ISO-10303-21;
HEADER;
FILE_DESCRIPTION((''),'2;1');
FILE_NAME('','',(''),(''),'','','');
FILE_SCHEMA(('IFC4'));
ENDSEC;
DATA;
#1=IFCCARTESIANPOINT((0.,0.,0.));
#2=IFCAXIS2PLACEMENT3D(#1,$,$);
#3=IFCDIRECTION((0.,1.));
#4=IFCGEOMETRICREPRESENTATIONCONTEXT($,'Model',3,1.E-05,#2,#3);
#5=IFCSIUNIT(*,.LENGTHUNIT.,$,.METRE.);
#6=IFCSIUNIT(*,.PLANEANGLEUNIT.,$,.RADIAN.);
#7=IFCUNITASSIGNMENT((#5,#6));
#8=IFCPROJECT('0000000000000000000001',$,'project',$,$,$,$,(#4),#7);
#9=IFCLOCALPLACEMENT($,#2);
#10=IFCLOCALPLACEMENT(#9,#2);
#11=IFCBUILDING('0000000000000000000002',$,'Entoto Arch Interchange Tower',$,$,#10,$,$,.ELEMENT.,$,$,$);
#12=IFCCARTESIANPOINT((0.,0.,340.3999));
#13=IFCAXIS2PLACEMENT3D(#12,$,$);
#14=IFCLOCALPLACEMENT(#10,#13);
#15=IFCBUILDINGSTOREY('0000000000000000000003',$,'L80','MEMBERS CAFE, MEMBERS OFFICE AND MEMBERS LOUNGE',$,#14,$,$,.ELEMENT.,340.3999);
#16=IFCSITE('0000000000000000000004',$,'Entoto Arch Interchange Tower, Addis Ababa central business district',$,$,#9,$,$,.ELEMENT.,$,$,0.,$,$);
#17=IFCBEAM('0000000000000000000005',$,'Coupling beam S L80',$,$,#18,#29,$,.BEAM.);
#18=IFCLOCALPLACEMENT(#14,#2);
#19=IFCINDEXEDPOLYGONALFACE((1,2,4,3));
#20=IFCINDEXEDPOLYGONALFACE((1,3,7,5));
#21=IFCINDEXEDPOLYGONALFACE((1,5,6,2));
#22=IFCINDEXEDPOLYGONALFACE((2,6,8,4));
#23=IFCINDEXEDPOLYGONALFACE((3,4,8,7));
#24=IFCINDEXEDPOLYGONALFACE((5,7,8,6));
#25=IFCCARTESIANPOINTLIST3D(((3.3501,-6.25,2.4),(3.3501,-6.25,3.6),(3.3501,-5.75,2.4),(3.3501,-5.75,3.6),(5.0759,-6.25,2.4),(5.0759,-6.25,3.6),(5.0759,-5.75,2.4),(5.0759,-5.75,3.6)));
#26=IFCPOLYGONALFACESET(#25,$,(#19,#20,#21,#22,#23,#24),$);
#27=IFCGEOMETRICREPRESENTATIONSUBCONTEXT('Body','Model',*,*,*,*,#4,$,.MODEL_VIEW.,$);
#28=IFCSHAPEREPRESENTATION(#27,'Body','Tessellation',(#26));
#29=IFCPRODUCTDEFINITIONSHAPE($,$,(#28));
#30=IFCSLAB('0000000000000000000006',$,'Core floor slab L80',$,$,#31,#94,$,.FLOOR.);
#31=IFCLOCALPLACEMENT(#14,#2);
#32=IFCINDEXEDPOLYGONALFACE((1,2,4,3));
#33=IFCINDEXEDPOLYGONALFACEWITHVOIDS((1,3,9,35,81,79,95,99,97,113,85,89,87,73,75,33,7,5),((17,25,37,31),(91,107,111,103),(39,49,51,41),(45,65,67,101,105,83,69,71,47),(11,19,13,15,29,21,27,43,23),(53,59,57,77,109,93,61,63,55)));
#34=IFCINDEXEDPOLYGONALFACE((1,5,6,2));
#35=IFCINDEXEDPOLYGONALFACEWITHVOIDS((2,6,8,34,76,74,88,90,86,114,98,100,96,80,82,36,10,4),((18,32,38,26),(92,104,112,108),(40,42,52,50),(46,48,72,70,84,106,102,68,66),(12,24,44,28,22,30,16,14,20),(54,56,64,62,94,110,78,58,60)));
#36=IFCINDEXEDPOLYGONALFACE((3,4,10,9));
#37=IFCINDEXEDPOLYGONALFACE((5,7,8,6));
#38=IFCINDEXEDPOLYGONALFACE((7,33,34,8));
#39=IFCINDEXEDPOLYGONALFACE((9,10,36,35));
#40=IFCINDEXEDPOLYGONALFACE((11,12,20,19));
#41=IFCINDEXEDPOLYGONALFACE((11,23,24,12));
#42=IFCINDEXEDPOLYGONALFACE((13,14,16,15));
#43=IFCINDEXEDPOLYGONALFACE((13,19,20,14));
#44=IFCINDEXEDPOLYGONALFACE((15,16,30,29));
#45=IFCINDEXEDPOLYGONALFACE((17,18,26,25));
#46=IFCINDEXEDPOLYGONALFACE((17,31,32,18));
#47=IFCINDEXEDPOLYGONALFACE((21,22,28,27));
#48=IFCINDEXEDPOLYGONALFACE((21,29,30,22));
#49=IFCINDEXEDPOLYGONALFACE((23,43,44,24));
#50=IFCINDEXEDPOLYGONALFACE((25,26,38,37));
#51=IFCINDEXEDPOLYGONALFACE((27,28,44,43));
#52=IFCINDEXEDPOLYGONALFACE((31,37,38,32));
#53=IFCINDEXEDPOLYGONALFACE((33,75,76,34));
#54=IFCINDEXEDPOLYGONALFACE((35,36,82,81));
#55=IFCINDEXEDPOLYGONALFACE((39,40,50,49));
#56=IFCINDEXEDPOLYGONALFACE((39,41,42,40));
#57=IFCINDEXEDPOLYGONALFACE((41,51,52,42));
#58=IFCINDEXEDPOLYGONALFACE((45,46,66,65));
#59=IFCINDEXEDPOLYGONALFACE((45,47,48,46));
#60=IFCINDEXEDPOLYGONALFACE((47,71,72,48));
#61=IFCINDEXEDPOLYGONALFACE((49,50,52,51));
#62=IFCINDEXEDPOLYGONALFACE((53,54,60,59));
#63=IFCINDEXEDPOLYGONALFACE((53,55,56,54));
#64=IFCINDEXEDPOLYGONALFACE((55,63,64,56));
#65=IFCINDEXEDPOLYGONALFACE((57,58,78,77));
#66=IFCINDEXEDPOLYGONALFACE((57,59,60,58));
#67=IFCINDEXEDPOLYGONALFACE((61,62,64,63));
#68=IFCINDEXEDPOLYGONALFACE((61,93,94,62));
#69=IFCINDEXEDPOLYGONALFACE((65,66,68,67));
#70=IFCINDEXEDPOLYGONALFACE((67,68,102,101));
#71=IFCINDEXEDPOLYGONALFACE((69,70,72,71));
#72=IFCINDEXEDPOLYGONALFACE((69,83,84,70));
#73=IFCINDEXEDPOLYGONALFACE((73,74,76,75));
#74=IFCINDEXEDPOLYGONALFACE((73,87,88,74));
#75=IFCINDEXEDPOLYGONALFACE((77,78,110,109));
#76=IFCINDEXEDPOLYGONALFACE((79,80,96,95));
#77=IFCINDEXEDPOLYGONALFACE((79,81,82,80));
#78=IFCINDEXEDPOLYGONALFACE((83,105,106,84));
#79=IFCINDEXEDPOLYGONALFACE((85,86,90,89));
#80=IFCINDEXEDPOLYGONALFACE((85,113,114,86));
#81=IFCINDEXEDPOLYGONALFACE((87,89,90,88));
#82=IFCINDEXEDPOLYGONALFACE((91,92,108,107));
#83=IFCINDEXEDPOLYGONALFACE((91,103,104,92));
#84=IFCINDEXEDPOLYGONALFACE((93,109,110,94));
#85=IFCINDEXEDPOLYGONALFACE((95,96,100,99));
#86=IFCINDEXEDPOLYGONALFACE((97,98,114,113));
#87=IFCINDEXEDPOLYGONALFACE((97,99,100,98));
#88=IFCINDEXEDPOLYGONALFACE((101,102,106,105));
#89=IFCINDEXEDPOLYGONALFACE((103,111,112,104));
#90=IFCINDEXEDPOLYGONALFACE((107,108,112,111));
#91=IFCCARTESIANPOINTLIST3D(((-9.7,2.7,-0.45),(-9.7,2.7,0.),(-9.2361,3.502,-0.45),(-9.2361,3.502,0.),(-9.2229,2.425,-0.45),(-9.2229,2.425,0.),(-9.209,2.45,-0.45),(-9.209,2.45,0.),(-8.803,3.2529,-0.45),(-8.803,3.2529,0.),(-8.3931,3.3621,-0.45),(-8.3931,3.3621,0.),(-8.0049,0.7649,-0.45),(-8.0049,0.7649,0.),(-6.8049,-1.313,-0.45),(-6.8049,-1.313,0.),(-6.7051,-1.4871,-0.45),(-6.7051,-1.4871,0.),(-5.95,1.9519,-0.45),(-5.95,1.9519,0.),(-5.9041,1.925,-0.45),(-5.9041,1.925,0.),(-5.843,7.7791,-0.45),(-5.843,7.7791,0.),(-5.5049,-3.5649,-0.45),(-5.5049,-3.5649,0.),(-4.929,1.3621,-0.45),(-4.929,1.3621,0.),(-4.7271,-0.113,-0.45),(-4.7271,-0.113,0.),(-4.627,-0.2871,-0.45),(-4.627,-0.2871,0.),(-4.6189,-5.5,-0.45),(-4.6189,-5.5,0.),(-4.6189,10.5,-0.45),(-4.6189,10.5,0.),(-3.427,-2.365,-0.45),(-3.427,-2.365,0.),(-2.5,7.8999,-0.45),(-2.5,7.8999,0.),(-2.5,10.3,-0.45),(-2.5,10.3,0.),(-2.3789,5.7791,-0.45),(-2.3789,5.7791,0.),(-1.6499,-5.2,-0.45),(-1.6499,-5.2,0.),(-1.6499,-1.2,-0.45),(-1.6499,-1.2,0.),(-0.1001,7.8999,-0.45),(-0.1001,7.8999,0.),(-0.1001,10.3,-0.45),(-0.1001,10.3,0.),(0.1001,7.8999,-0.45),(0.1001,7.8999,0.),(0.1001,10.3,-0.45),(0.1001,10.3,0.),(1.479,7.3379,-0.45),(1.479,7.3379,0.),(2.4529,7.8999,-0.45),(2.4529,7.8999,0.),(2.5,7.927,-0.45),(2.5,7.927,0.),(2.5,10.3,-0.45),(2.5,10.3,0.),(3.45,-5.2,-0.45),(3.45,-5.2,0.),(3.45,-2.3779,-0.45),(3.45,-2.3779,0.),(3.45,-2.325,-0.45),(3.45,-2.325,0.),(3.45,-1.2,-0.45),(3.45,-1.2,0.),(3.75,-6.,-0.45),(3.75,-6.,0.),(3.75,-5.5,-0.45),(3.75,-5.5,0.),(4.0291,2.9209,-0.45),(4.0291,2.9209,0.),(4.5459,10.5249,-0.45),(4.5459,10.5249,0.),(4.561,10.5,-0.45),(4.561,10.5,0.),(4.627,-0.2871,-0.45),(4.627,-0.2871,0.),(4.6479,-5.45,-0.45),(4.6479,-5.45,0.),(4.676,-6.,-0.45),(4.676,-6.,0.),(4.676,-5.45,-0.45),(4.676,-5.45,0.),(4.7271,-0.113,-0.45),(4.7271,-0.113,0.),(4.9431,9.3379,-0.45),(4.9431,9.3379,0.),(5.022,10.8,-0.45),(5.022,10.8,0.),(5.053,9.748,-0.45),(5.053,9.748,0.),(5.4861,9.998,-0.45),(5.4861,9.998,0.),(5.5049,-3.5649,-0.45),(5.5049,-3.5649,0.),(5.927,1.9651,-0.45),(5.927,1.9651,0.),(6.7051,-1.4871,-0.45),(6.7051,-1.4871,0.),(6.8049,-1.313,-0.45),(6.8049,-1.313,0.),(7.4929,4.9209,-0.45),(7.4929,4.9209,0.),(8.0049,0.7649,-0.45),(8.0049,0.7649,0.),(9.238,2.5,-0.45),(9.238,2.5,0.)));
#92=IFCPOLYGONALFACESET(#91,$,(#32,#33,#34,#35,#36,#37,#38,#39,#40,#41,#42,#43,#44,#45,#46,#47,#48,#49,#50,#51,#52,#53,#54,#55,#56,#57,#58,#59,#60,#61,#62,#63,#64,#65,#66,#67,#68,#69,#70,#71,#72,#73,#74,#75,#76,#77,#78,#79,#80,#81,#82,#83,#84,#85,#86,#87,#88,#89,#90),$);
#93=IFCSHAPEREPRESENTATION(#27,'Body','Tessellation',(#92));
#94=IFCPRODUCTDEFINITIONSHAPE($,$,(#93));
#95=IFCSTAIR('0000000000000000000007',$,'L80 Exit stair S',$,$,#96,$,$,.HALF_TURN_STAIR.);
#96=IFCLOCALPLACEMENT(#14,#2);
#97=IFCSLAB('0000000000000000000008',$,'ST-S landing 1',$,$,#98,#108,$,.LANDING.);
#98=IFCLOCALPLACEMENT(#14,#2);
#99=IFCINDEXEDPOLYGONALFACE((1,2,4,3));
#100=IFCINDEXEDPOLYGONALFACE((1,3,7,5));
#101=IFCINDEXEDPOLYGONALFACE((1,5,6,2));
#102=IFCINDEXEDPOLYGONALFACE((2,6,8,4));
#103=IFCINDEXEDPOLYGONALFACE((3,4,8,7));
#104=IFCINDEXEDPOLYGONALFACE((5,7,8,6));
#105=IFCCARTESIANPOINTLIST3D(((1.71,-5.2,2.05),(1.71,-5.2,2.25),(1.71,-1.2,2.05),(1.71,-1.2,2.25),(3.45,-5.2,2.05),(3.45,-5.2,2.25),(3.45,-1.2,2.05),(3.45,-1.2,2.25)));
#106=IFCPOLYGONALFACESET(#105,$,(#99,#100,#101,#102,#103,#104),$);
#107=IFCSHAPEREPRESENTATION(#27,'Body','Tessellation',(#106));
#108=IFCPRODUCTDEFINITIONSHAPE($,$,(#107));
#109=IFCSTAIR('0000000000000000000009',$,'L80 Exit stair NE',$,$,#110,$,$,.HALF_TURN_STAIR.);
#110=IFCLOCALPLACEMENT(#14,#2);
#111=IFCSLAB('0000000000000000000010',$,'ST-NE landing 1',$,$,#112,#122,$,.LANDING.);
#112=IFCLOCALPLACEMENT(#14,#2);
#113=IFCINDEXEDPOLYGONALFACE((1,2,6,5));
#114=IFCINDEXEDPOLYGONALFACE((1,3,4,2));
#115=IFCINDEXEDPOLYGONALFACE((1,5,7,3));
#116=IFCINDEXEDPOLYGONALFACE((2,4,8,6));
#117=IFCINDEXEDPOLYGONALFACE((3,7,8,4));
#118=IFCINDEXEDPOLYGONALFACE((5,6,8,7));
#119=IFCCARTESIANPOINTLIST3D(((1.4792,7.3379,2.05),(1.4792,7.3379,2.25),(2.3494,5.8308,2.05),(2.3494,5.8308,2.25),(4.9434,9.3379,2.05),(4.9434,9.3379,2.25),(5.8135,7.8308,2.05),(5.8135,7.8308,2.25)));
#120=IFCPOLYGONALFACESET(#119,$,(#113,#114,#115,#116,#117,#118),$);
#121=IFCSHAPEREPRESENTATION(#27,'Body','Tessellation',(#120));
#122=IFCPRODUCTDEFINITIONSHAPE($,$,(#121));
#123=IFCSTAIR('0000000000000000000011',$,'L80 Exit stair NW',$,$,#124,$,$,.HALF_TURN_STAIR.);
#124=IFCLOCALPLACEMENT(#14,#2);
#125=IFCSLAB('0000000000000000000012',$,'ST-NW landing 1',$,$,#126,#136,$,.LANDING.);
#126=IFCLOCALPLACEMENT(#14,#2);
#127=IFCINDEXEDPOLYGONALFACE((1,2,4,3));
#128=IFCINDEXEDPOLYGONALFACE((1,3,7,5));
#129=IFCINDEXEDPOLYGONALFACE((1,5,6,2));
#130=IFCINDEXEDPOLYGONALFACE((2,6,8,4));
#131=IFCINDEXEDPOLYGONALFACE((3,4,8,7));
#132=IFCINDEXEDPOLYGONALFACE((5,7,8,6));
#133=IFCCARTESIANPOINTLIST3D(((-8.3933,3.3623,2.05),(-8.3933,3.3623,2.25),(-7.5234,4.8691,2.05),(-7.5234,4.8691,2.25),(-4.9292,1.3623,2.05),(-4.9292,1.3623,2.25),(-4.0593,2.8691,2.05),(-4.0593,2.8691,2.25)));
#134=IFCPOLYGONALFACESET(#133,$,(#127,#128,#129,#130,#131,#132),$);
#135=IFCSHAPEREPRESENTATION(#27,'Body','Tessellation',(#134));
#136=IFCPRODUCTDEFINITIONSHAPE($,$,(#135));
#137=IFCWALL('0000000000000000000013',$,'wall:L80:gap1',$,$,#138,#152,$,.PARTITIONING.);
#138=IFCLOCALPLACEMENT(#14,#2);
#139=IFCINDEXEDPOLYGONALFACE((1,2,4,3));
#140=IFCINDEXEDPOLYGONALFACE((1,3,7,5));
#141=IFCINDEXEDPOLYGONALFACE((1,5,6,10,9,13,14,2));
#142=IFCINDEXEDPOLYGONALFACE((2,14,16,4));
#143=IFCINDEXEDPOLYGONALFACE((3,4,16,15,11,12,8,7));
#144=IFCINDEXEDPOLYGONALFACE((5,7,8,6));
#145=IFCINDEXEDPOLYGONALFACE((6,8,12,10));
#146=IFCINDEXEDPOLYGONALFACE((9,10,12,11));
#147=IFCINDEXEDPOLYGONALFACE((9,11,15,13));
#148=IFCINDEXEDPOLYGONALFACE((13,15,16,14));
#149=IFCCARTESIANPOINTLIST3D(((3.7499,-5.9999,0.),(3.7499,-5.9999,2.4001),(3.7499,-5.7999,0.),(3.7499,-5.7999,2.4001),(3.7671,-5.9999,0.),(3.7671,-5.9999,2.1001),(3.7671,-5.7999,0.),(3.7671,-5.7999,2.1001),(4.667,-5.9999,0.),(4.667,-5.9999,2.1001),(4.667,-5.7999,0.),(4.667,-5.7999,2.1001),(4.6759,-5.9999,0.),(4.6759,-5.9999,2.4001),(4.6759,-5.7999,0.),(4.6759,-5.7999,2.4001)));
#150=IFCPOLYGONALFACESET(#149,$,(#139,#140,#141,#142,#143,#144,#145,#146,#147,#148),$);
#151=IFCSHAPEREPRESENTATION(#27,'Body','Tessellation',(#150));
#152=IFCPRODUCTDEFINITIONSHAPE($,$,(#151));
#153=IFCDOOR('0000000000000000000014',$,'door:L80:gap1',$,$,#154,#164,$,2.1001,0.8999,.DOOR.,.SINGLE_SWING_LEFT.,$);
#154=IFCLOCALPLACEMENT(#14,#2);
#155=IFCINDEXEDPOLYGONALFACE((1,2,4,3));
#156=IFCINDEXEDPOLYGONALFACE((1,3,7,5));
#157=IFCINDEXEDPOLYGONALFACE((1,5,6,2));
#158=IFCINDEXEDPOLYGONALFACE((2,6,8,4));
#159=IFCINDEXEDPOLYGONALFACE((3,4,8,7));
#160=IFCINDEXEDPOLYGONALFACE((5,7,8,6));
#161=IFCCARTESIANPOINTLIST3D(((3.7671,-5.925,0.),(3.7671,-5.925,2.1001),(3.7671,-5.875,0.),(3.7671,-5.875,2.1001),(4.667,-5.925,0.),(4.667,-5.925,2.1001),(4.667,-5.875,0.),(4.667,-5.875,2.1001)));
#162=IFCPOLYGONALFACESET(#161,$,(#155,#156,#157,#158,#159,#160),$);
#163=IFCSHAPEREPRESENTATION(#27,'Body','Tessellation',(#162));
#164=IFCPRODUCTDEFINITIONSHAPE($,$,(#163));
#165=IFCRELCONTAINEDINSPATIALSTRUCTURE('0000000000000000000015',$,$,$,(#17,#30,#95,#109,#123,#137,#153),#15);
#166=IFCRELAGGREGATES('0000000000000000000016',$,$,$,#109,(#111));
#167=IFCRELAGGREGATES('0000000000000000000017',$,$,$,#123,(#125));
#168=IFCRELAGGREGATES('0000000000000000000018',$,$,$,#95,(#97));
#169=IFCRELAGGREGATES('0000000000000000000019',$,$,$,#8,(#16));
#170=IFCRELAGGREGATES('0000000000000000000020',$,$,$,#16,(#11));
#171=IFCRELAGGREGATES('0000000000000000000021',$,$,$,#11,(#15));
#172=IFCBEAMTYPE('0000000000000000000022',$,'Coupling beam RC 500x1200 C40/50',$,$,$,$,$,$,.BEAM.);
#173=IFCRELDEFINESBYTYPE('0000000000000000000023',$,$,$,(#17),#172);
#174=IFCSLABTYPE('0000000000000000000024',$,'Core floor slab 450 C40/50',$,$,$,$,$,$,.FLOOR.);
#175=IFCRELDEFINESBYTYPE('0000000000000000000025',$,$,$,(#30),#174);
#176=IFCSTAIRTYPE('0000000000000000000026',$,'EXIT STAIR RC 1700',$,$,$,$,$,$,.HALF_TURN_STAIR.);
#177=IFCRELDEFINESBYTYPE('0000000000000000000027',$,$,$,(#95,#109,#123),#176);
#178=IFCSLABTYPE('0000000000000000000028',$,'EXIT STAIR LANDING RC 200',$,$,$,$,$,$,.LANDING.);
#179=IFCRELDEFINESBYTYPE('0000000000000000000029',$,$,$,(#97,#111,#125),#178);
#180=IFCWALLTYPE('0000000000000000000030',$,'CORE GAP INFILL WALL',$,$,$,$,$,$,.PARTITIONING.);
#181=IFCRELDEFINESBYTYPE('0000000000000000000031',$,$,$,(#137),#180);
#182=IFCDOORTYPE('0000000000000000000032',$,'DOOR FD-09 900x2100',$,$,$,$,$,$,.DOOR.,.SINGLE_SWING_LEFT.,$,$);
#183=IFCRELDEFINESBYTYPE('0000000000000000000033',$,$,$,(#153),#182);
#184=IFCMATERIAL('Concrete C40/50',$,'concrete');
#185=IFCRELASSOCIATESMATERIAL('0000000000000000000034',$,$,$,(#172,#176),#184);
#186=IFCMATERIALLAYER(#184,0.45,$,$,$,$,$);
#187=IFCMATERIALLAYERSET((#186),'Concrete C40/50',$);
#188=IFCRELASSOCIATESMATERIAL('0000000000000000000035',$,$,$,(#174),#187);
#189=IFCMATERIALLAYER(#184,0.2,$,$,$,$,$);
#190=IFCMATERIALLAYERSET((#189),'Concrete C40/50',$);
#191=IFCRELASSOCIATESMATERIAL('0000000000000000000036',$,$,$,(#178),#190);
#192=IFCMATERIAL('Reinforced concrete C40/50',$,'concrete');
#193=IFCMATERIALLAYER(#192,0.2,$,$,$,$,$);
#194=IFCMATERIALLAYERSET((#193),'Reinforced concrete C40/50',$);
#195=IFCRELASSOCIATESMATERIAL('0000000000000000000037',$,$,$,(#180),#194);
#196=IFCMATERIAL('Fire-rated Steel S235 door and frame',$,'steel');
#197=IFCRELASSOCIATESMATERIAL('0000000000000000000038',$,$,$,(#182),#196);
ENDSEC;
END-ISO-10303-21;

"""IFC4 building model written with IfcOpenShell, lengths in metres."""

from ifc_helpers import new_model, si_unit, direction, frame, frame_2d, origin, origin_2d, place, context, subcontext, project, spatial, polyline, rectangle, outline, extrude, material, layer, layer_set, material_profile, profile_set, type_object, element, fill, aggregate, save


model = new_model("IFC4")

# Units and contexts
model_context = context("Model", 3, precision=1e-05, world=origin(), true_north=direction((0.0, 1.0)))
body_context = subcontext(model_context, "Body", "Model", "MODEL_VIEW")
ifc_project = project(units=[si_unit("LENGTHUNIT", "METRE"), si_unit("PLANEANGLEUNIT", "RADIAN")], contexts=[model_context])

# Site, building, storey
site_placement = place(None, origin())
site = spatial("IfcSite", under=ifc_project, at=site_placement, Name="Entoto Arch Interchange Tower, Addis Ababa central business district", CompositionType="ELEMENT", RefElevation=0.0)
building_placement = place(site_placement, origin())
building = spatial("IfcBuilding", under=site, at=building_placement, Name="Entoto Arch Interchange Tower", CompositionType="ELEMENT")
storey_placement = place(building_placement, frame((0.0, 0.0, 340.3999)))
storey = spatial("IfcBuildingStorey", under=building, at=storey_placement, Name="L80", Description="MEMBERS CAFE, MEMBERS OFFICE AND MEMBERS LOUNGE", CompositionType="ELEMENT", Elevation=340.3999)

# Beam
ifc_material_1 = material(Name="Concrete C40/50", Category="concrete")
ifc_material_profile = material_profile(ifc_material_1, rectangle(XDim=0.5, YDim=1.2, at=origin_2d()))
ifc_profile_set = profile_set([ifc_material_profile], Name="Concrete C40/50")
beam_type = type_object("IfcBeamType", Name="Coupling beam RC 500x1200 C40/50", PredefinedType="BEAM", material=ifc_profile_set)
beam_placement = place(storey_placement, frame((3.3501, -6.0, 3.0), z_axis=(1.0, 0.0, 0.0), x_axis=(0.0, 1.0, 0.0)))
element("IfcBeam", 1, at=beam_placement, inside=storey, type_object=beam_type, Name="Coupling beam S L80", PredefinedType="BEAM", context=body_context, shape_type="SweptSolid", body=[
    extrude(rectangle(XDim=0.5, YDim=1.2, at=origin_2d()), origin(), (0.0, 0.0, 1.0), 1.7258),
])

# Slab
ifc_layer_1 = layer(ifc_material_1, 0.45)
ifc_layer_set_1 = layer_set([ifc_layer_1], Name="Concrete C40/50")
slab_type_1 = type_object("IfcSlabType", Name="Core floor slab 450 C40/50", PredefinedType="FLOOR", material=ifc_layer_set_1)
slab_1_placement = place(storey_placement, frame((0.0, 0.0, -0.45)))
element("IfcSlab", 2, at=slab_1_placement, inside=storey, type_object=slab_type_1, Name="Core floor slab L80", PredefinedType="FLOOR", context=body_context, shape_type="SweptSolid", body=[
    extrude(outline(polyline([(-9.209, 2.45), (-9.2229, 2.425), (-9.7, 2.7), (-9.2361, 3.502), (-8.803, 3.2529), (-4.6189, 10.5), (4.561, 10.5), (4.5459, 10.5249), (5.022, 10.8), (5.4861, 9.998), (5.053, 9.748), (9.238, 2.5), (4.6479, -5.45), (4.676, -5.45), (4.676, -6.0), (3.75, -6.0), (3.75, -5.5), (-4.6189, -5.5), (-9.209, 2.45)]), holes=[polyline([(-1.6499, -5.2), (3.45, -5.2), (3.45, -2.3779), (5.5049, -3.5649), (6.7051, -1.4871), (4.627, -0.2871), (3.45, -2.325), (3.45, -1.2), (-1.6499, -1.2), (-1.6499, -5.2)]), polyline([(-4.627, -0.2871), (-6.7051, -1.4871), (-5.5049, -3.5649), (-3.427, -2.365), (-4.627, -0.2871)]), polyline([(-5.9041, 1.925), (-4.929, 1.3621), (-2.3789, 5.7791), (-5.843, 7.7791), (-8.3931, 3.3621), (-5.95, 1.9519), (-8.0049, 0.7649), (-6.8049, -1.313), (-4.7271, -0.113), (-5.9041, 1.925)]), polyline([(4.7271, -0.113), (6.8049, -1.313), (8.0049, 0.7649), (5.927, 1.9651), (4.7271, -0.113)]), polyline([(2.5, 7.927), (2.5, 10.3), (0.1001, 10.3), (0.1001, 7.8999), (2.4529, 7.8999), (1.479, 7.3379), (4.0291, 2.9209), (7.4929, 4.9209), (4.9431, 9.3379), (2.5, 7.927)]), polyline([(-2.5, 7.8999), (-0.1001, 7.8999), (-0.1001, 10.3), (-2.5, 10.3), (-2.5, 7.8999)])]), origin(), (0.0, 0.0, 1.0), 0.45),
])

# Stairs, slabs
stair_type = type_object("IfcStairType", Name="EXIT STAIR RC 1700", PredefinedType="HALF_TURN_STAIR", material=ifc_material_1)
stair_1_placement = place(storey_placement, origin())
stair_1 = element("IfcStair", 3, at=stair_1_placement, inside=storey, type_object=stair_type, Name="L80 Exit stair S", PredefinedType="HALF_TURN_STAIR")
ifc_layer_2 = layer(ifc_material_1, 0.2)
ifc_layer_set_2 = layer_set([ifc_layer_2], Name="Concrete C40/50")
slab_type_2 = type_object("IfcSlabType", Name="EXIT STAIR LANDING RC 200", PredefinedType="LANDING", material=ifc_layer_set_2)
slab_2_placement = place(storey_placement, frame((0.0, 0.0, 2.05)))
slab_2 = element("IfcSlab", 4, at=slab_2_placement, type_object=slab_type_2, Name="ST-S landing 1", PredefinedType="LANDING", context=body_context, shape_type="SweptSolid", body=[
    extrude(outline(polyline([(1.71, -5.2), (3.45, -5.2), (3.45, -1.2), (1.71, -1.2), (1.71, -5.2)])), origin(), (0.0, 0.0, 1.0), 0.2),
])
stair_2_placement = place(storey_placement, origin())
stair_2 = element("IfcStair", 5, at=stair_2_placement, inside=storey, type_object=stair_type, Name="L80 Exit stair NE", PredefinedType="HALF_TURN_STAIR")
slab_3_placement = place(storey_placement, frame((0.0, 0.0, 2.05)))
slab_3 = element("IfcSlab", 6, at=slab_3_placement, type_object=slab_type_2, Name="ST-NE landing 1", PredefinedType="LANDING", context=body_context, shape_type="SweptSolid", body=[
    extrude(outline(polyline([(5.8135, 7.8308), (4.9434, 9.3379), (1.4792, 7.3379), (2.3494, 5.8308), (5.8135, 7.8308)])), origin(), (0.0, 0.0, 1.0), 0.2),
])
aggregate(stair_2, [slab_3])
stair_3_placement = place(storey_placement, origin())
stair_3 = element("IfcStair", 7, at=stair_3_placement, inside=storey, type_object=stair_type, Name="L80 Exit stair NW", PredefinedType="HALF_TURN_STAIR")
slab_4_placement = place(storey_placement, frame((0.0, 0.0, 2.05)))
slab_4 = element("IfcSlab", 8, at=slab_4_placement, type_object=slab_type_2, Name="ST-NW landing 1", PredefinedType="LANDING", context=body_context, shape_type="SweptSolid", body=[
    extrude(outline(polyline([(-7.5234, 4.8691), (-8.3933, 3.3623), (-4.9292, 1.3623), (-4.0593, 2.8691), (-7.5234, 4.8691)])), origin(), (0.0, 0.0, 1.0), 0.2),
])
aggregate(stair_3, [slab_4])

# Wall, opening, door
ifc_material_2 = material(Name="Reinforced concrete C40/50", Category="concrete")
ifc_layer_3 = layer(ifc_material_2, 0.2)
ifc_layer_set_3 = layer_set([ifc_layer_3], Name="Reinforced concrete C40/50")
wall_type_1 = type_object("IfcWallType", Name="CORE GAP INFILL WALL", PredefinedType="PARTITIONING", material=ifc_layer_set_3)
wall_1_placement = place(storey_placement, frame((3.75, -5.8999, 0.0), z_axis=(0.0, 0.0, 1.0), x_axis=(1.0, 0.0, 0.0)))
wall_1 = element("IfcWall", 9, at=wall_1_placement, inside=storey, type_object=wall_type_1, Name="wall:L80:gap1", PredefinedType="PARTITIONING", context=body_context, shape_type="SweptSolid", body=[
    extrude(rectangle(XDim=0.926, YDim=0.2, at=frame_2d((0.4629, 0.0))), origin(), (0.0, 0.0, 1.0), 2.4001),
])
opening_1_placement = place(wall_1_placement, frame((0.0171, 0.0, 0.0)))
opening_1 = element("IfcOpeningElement", 10, at=opening_1_placement, cuts=wall_1, PredefinedType="OPENING", context=body_context, shape_type="SweptSolid", body=[
    extrude(rectangle(XDim=0.8999, YDim=2.1001, at=frame_2d((0.45, 1.05))), frame((0.0, 0.1099, 0.0), z_axis=(0.0, -1.0, 0.0), x_axis=(1.0, 0.0, 0.0)), (0.0, 0.0, 1.0), 0.22),
])
ifc_material_3 = material(Name="Fire-rated Steel S235 door and frame", Category="steel")
door_type_1 = type_object("IfcDoorType", Name="DOOR FD-09 900x2100", OperationType="SINGLE_SWING_LEFT", PredefinedType="DOOR", material=ifc_material_3)
door_1_placement = place(opening_1_placement, origin())
door_1 = element("IfcDoor", 11, at=door_1_placement, inside=storey, type_object=door_type_1, Name="door:L80:gap1", OperationType="SINGLE_SWING_LEFT", OverallHeight=2.1001, OverallWidth=0.8999, PredefinedType="DOOR", context=body_context, shape_type="SweptSolid", body=[
    extrude(rectangle(XDim=0.8999, YDim=2.1001, at=frame_2d((0.45, 1.05))), frame((0.0, 0.0249, 0.0), z_axis=(0.0, -1.0, 0.0), x_axis=(1.0, 0.0, 0.0)), (0.0, 0.0, 1.0), 0.05),
])
fill(opening_1, door_1)

aggregate(stair_1, [slab_2])

save(model, "model.ifc")
